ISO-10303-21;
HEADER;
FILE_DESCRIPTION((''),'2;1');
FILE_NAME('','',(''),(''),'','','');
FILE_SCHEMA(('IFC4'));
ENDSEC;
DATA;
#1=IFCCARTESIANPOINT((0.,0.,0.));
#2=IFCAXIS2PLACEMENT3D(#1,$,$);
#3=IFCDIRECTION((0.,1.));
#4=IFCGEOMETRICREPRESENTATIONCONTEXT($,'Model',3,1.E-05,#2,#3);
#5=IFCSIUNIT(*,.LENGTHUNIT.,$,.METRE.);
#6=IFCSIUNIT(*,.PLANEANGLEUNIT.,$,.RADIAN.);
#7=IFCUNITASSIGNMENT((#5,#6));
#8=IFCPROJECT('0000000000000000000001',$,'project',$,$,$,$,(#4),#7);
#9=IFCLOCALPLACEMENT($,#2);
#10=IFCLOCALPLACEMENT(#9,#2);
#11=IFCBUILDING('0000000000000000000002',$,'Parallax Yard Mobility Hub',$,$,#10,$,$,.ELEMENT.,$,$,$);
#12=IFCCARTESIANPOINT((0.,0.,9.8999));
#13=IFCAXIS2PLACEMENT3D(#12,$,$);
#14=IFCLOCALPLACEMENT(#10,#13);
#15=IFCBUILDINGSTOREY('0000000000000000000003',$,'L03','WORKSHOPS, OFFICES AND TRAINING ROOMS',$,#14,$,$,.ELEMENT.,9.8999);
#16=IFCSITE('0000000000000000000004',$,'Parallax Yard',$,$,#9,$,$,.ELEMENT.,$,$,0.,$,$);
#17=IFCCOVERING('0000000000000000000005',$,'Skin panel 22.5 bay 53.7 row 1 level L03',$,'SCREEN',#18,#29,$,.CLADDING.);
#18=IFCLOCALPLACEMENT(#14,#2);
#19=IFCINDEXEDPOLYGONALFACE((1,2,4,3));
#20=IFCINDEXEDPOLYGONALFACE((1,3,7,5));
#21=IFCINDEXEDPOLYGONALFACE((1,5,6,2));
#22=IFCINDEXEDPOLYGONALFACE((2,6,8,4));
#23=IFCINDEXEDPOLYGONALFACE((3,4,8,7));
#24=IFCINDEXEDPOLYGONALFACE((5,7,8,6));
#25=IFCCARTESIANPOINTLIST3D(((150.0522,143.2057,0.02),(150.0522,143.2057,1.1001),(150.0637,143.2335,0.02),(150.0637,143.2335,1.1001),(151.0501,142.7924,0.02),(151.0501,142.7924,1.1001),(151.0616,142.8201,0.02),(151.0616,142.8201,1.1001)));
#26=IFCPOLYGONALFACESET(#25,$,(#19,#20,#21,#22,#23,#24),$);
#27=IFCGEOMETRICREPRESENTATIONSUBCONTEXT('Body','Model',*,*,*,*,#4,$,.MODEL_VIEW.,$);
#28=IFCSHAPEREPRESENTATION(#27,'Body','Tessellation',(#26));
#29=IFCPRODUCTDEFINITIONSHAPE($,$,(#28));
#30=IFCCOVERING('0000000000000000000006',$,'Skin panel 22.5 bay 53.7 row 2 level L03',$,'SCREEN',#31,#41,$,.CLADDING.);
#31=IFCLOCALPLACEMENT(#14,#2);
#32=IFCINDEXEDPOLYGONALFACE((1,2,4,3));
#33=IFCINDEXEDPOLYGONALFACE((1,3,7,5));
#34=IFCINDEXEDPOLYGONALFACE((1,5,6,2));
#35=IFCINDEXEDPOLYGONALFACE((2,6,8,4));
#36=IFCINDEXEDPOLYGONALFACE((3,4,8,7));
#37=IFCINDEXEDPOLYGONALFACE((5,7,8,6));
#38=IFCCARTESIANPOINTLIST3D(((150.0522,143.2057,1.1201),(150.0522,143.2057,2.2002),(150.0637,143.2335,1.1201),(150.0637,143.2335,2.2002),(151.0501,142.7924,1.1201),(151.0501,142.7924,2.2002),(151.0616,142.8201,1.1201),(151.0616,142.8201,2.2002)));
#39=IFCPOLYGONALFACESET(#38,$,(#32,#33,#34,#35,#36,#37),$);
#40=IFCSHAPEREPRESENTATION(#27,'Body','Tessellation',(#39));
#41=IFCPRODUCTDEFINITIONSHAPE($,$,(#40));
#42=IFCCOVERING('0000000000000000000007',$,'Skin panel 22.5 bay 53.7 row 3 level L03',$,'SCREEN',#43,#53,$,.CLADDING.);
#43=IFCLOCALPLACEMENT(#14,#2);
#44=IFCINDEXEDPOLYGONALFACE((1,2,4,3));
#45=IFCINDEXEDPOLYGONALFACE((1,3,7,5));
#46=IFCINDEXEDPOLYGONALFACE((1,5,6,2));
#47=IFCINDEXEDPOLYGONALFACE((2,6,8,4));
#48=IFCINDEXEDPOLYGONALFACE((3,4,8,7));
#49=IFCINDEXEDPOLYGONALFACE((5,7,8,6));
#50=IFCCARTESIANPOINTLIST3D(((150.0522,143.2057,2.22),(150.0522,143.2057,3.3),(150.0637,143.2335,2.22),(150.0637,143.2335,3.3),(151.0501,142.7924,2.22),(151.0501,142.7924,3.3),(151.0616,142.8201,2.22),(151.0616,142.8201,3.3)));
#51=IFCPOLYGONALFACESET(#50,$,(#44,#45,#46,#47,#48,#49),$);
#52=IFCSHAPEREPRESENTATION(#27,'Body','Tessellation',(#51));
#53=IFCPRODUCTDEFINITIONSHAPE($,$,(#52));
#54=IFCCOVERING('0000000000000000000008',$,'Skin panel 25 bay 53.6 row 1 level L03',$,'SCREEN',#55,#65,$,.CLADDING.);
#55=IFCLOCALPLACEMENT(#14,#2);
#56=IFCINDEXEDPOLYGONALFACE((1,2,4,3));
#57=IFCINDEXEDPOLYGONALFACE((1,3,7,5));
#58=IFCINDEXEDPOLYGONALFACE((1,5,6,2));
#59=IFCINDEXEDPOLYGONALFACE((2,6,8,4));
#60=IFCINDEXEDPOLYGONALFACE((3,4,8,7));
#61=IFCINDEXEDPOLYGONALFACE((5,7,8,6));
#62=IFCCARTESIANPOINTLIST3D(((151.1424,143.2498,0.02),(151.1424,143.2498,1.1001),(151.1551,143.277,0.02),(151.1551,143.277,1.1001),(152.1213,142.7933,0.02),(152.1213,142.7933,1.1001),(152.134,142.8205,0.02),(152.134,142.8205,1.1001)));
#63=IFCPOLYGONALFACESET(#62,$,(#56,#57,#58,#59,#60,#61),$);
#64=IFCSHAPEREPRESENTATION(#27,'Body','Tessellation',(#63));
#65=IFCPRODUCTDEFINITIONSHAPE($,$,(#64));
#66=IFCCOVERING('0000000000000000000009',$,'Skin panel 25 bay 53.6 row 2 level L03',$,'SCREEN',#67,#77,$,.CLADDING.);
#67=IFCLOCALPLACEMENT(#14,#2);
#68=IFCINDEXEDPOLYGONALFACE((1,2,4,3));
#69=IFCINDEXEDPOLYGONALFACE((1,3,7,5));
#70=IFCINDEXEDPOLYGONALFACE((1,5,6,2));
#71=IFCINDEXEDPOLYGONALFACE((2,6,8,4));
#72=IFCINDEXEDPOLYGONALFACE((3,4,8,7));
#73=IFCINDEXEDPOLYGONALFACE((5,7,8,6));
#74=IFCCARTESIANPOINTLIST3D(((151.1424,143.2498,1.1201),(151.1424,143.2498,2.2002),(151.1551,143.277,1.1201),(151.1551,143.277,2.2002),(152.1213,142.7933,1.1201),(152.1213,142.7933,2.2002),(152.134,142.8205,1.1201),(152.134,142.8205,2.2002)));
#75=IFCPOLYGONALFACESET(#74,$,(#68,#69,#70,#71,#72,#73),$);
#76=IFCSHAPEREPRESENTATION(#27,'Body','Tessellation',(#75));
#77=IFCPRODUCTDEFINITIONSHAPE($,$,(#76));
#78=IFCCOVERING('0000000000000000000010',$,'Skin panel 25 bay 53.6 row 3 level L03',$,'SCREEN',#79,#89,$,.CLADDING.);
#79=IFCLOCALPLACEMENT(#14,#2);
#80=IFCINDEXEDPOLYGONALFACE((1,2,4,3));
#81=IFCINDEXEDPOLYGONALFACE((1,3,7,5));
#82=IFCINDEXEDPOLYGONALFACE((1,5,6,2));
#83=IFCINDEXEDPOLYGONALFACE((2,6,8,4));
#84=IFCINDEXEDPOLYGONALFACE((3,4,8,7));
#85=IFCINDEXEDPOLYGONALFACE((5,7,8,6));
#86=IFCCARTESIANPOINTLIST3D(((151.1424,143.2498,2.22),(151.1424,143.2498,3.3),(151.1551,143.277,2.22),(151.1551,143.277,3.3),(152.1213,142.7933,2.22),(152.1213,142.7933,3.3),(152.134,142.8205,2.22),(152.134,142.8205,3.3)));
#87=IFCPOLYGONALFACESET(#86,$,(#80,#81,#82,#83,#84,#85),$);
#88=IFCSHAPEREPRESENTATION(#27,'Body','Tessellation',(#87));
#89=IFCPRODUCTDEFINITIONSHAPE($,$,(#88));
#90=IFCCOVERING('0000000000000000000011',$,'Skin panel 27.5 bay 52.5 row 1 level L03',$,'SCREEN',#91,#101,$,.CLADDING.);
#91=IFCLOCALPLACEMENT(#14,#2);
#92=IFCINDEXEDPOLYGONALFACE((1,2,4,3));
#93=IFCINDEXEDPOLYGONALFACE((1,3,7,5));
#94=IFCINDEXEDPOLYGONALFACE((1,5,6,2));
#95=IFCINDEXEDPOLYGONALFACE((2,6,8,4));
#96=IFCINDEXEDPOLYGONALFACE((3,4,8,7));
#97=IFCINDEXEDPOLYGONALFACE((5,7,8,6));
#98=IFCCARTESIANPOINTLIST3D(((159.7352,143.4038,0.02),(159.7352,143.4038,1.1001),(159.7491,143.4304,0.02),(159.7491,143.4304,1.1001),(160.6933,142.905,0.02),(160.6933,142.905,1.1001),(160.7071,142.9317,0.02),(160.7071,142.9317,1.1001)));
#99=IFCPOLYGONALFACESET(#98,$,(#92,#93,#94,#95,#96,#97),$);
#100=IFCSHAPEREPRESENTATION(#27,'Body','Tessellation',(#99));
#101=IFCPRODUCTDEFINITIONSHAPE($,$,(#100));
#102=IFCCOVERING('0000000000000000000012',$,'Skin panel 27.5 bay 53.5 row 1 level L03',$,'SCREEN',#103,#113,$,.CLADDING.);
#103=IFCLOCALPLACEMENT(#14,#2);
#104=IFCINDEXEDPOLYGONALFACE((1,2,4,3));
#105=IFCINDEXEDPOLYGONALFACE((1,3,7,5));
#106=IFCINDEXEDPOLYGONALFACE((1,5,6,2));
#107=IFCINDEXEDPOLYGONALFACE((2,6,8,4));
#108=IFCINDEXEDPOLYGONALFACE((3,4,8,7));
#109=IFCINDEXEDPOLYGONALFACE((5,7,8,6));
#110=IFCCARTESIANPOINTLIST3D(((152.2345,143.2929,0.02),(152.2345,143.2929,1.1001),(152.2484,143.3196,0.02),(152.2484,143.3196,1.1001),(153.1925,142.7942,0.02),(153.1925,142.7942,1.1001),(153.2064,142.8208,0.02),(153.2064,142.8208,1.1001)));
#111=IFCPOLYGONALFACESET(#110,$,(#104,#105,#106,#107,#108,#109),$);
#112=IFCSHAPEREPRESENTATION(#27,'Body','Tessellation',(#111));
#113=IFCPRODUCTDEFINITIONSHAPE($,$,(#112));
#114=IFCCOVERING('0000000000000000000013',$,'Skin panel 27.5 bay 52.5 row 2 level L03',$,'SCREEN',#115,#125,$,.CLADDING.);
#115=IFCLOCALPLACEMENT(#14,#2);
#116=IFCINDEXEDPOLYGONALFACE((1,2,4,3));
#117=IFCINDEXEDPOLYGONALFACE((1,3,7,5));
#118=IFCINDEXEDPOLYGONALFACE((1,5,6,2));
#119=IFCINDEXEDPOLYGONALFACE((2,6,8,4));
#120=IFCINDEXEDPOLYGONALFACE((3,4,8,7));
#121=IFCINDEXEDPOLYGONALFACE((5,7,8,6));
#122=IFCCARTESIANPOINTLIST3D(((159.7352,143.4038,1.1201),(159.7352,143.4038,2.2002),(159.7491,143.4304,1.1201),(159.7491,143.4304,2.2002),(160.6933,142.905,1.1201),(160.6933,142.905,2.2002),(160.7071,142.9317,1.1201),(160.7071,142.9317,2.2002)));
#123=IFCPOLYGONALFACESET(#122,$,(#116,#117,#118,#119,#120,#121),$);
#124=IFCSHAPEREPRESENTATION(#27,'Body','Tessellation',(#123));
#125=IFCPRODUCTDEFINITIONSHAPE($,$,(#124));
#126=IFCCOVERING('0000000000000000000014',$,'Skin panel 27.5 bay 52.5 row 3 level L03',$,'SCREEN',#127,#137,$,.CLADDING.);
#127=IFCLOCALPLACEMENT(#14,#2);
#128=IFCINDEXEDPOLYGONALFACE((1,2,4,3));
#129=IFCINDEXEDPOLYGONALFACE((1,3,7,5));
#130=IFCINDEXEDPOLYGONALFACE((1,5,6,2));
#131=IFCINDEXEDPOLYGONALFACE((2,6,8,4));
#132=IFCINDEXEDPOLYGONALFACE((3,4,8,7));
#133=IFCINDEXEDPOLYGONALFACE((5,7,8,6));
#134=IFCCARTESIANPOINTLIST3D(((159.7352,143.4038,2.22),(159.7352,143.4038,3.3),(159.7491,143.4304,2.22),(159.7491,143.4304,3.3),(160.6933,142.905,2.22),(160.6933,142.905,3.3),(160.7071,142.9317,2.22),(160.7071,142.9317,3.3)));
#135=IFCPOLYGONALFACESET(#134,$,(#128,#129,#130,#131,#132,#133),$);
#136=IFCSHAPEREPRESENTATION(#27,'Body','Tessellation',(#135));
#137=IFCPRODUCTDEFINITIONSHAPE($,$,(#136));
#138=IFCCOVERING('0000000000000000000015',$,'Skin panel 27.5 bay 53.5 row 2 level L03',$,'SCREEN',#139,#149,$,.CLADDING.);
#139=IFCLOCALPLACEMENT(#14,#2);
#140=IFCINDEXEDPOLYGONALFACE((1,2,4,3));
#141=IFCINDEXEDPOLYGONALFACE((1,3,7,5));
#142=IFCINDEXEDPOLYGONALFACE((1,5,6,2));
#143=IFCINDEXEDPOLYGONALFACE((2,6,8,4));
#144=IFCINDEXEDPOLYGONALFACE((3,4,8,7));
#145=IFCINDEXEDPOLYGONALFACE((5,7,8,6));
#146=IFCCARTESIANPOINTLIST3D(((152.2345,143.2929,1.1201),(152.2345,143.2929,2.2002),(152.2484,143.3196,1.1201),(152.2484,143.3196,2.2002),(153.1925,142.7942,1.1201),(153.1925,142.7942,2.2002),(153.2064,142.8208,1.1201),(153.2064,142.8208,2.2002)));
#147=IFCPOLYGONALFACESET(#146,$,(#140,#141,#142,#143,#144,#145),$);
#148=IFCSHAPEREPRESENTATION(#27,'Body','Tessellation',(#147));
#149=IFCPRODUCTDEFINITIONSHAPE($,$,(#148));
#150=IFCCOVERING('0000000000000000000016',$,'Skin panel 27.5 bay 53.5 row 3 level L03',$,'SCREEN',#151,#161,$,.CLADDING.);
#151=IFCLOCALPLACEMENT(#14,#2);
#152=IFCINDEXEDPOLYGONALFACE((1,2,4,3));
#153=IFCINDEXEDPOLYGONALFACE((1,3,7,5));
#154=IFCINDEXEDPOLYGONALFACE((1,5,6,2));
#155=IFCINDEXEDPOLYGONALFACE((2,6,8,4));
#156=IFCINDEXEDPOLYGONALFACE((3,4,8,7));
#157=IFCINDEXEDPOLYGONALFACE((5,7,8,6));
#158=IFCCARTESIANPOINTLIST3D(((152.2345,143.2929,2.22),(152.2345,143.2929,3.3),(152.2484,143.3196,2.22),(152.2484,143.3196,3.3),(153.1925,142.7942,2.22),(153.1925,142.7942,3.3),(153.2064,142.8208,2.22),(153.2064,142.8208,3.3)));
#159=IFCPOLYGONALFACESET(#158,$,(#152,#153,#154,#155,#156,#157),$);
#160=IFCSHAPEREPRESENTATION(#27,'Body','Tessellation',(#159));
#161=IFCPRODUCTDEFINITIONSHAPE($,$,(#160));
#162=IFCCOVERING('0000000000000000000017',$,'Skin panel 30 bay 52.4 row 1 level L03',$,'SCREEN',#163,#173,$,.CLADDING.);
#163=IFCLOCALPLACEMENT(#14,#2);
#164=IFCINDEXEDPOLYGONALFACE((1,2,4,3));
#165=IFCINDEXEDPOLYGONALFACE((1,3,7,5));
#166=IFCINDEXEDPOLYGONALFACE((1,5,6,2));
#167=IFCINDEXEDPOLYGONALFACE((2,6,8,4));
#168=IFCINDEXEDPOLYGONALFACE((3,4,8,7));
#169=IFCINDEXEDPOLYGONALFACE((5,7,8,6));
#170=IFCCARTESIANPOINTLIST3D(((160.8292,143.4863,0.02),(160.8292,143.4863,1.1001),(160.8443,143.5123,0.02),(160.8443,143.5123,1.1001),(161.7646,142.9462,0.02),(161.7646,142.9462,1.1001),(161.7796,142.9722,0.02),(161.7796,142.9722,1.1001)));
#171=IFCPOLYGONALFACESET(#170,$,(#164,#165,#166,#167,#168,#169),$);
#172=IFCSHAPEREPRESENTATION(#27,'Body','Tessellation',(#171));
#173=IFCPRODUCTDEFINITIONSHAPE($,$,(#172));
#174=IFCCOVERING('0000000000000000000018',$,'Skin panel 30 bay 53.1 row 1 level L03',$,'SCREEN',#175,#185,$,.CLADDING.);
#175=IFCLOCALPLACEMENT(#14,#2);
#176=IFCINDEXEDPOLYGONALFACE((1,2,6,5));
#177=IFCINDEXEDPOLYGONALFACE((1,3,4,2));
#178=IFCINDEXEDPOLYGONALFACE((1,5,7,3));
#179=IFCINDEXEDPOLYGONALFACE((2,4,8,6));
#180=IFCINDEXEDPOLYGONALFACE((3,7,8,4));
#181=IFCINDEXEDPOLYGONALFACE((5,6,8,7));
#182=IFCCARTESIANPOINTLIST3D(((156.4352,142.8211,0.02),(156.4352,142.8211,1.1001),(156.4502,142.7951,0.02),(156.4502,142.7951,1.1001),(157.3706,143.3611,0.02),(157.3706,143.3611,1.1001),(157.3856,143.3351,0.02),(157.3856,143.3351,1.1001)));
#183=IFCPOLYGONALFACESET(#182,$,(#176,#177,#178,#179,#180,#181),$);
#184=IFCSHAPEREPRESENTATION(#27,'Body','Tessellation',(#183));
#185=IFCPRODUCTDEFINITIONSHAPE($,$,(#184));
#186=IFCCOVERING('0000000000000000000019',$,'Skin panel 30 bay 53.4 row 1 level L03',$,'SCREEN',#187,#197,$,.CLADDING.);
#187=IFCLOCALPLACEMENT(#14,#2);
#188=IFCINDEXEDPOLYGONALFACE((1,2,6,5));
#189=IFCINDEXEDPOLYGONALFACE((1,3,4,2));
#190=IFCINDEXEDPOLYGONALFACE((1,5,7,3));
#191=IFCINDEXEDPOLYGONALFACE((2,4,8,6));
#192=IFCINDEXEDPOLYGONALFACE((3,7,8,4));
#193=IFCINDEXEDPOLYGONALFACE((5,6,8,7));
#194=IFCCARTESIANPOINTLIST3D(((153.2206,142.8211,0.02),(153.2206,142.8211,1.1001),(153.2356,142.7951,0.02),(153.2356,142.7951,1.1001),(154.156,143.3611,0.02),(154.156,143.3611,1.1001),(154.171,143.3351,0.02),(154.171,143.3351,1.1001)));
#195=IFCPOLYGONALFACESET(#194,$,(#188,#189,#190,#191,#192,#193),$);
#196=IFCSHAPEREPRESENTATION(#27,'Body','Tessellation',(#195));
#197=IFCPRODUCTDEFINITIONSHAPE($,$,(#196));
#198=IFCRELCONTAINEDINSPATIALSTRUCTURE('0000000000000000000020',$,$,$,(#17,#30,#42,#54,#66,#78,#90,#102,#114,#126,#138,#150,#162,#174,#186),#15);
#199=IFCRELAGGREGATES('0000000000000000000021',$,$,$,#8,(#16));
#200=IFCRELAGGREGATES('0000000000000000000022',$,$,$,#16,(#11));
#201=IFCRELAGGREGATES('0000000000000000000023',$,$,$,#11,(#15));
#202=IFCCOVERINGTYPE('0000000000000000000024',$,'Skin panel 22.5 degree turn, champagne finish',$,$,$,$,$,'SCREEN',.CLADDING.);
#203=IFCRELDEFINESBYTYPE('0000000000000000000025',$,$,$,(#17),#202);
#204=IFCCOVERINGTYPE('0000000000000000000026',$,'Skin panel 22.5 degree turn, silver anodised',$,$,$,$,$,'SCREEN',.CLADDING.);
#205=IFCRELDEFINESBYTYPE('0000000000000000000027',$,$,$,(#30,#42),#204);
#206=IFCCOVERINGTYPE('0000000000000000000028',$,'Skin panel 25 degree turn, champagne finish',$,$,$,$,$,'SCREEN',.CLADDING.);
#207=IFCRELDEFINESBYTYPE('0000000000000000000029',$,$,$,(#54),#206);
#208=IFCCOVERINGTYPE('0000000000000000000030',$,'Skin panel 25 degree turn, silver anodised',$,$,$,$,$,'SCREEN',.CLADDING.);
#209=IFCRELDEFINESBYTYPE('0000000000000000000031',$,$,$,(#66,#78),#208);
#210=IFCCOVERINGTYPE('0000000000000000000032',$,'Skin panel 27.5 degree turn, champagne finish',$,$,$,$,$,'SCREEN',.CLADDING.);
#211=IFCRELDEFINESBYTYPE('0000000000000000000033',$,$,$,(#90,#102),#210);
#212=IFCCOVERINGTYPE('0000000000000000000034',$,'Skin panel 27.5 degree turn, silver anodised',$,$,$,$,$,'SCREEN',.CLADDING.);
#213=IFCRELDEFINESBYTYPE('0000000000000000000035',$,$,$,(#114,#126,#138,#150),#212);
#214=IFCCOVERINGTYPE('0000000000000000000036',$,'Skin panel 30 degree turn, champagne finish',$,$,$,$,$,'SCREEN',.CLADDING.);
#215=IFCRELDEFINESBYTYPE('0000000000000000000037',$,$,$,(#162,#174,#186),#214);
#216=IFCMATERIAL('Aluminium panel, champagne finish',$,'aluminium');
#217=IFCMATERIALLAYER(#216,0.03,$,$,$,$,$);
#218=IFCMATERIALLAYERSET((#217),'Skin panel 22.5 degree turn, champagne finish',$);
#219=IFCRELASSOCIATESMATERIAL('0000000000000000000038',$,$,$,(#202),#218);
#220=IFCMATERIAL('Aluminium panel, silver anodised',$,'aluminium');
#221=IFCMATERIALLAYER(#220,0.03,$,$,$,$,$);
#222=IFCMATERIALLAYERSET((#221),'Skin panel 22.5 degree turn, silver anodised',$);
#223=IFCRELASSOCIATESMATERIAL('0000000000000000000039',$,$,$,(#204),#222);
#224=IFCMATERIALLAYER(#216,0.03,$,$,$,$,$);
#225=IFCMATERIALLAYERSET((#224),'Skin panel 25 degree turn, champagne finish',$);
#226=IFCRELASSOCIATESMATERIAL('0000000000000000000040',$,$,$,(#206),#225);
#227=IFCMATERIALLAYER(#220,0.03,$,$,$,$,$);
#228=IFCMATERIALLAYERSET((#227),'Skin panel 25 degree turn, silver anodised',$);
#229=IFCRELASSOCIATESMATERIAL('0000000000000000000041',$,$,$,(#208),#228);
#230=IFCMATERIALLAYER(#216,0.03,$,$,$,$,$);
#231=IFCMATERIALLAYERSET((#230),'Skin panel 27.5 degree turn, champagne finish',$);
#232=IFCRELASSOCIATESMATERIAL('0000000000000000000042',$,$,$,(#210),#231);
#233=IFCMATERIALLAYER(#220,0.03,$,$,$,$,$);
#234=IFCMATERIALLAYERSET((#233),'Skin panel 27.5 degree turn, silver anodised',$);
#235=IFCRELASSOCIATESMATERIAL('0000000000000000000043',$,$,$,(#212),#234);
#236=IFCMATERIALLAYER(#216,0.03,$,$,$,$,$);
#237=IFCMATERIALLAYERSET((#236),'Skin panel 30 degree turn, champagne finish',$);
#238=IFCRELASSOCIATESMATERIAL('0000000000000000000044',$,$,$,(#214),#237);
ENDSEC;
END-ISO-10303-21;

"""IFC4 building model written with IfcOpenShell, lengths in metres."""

from ifc_helpers import new_model, si_unit, direction, frame, origin, origin_2d, place, context, subcontext, project, spatial, rectangle, extrude, material, layer, layer_set, type_object, element, save


model = new_model("IFC4")

# Units and contexts
model_context = context("Model", 3, precision=1e-05, world=origin(), true_north=direction((0.0, 1.0)))
body_context = subcontext(model_context, "Body", "Model", "MODEL_VIEW")
ifc_project = project(units=[si_unit("LENGTHUNIT", "METRE"), si_unit("PLANEANGLEUNIT", "RADIAN")], contexts=[model_context])

# Site, building, storey
site_placement = place(None, origin())
site = spatial("IfcSite", under=ifc_project, at=site_placement, Name="Parallax Yard", CompositionType="ELEMENT", RefElevation=0.0)
building_placement = place(site_placement, origin())
building = spatial("IfcBuilding", under=site, at=building_placement, Name="Parallax Yard Mobility Hub", CompositionType="ELEMENT")
storey_placement = place(building_placement, frame((0.0, 0.0, 9.8999)))
storey = spatial("IfcBuildingStorey", under=building, at=storey_placement, Name="L03", Description="WORKSHOPS, OFFICES AND TRAINING ROOMS", CompositionType="ELEMENT", Elevation=9.8999)

# Coverings
ifc_material_1 = material(Name="Aluminium panel, champagne finish", Category="aluminium")
ifc_layer_1 = layer(ifc_material_1, 0.03)
ifc_layer_set_1 = layer_set([ifc_layer_1], Name="Skin panel 22.5 degree turn, champagne finish")
covering_type_1 = type_object("IfcCoveringType", Name="Skin panel 22.5 degree turn, champagne finish", ElementType="SCREEN", PredefinedType="CLADDING", material=ifc_layer_set_1)
covering_1_placement = place(storey_placement, frame((150.5569, 143.0129, 0.02), z_axis=(0.0, 0.0, 1.0), x_axis=(-0.92388, 0.382683, 0.0)))
element("IfcCovering", 1, at=covering_1_placement, inside=storey, type_object=covering_type_1, Name="Skin panel 22.5 bay 53.7 row 1 level L03", ObjectType="SCREEN", PredefinedType="CLADDING", context=body_context, shape_type="SweptSolid", body=[
    extrude(rectangle(XDim=1.0801, YDim=0.03, at=origin_2d()), origin(), (0.0, 0.0, 1.0), 1.0801),
])
ifc_material_2 = material(Name="Aluminium panel, silver anodised", Category="aluminium")
ifc_layer_2 = layer(ifc_material_2, 0.03)
ifc_layer_set_2 = layer_set([ifc_layer_2], Name="Skin panel 22.5 degree turn, silver anodised")
covering_type_2 = type_object("IfcCoveringType", Name="Skin panel 22.5 degree turn, silver anodised", ElementType="SCREEN", PredefinedType="CLADDING", material=ifc_layer_set_2)
for number, where, z_axis, x_axis, name in (
    (2, (150.5569, 143.0129, 1.1201), (0.0, 0.0, 1.0), (-0.92388, 0.382683, 0.0), "Skin panel 22.5 bay 53.7 row 2 level L03"),
    (3, (150.5569, 143.0129, 2.22), (0.0, 0.0, 1.0), (-0.92388, 0.382683, 0.0), "Skin panel 22.5 bay 53.7 row 3 level L03"),
):
    element("IfcCovering", number, at=place(storey_placement, frame(where, z_axis=z_axis, x_axis=x_axis)), inside=storey, type_object=covering_type_2, Name=name, ObjectType="SCREEN", PredefinedType="CLADDING", context=body_context, shape_type="SweptSolid", body=[
        extrude(rectangle(XDim=1.0801, YDim=0.03, at=origin_2d()), origin(), (0.0, 0.0, 1.0), 1.0801),
    ])
ifc_layer_3 = layer(ifc_material_1, 0.03)
ifc_layer_set_3 = layer_set([ifc_layer_3], Name="Skin panel 25 degree turn, champagne finish")
covering_type_3 = type_object("IfcCoveringType", Name="Skin panel 25 degree turn, champagne finish", ElementType="SCREEN", PredefinedType="CLADDING", material=ifc_layer_set_3)
covering_2_placement = place(storey_placement, frame((151.6382, 143.0352, 0.02), z_axis=(0.0, 0.0, 1.0), x_axis=(-0.906308, 0.422618, 0.0)))
element("IfcCovering", 4, at=covering_2_placement, inside=storey, type_object=covering_type_3, Name="Skin panel 25 bay 53.6 row 1 level L03", ObjectType="SCREEN", PredefinedType="CLADDING", context=body_context, shape_type="SweptSolid", body=[
    extrude(rectangle(XDim=1.0801, YDim=0.03, at=origin_2d()), origin(), (0.0, 0.0, 1.0), 1.0801),
])
ifc_layer_4 = layer(ifc_material_2, 0.03)
ifc_layer_set_4 = layer_set([ifc_layer_4], Name="Skin panel 25 degree turn, silver anodised")
covering_type_4 = type_object("IfcCoveringType", Name="Skin panel 25 degree turn, silver anodised", ElementType="SCREEN", PredefinedType="CLADDING", material=ifc_layer_set_4)
for number, where, z_axis, x_axis, name in (
    (5, (151.6382, 143.0352, 1.1201), (0.0, 0.0, 1.0), (-0.906308, 0.422618, 0.0), "Skin panel 25 bay 53.6 row 2 level L03"),
    (6, (151.6382, 143.0352, 2.22), (0.0, 0.0, 1.0), (-0.906308, 0.422618, 0.0), "Skin panel 25 bay 53.6 row 3 level L03"),
):
    element("IfcCovering", number, at=place(storey_placement, frame(where, z_axis=z_axis, x_axis=x_axis)), inside=storey, type_object=covering_type_4, Name=name, ObjectType="SCREEN", PredefinedType="CLADDING", context=body_context, shape_type="SweptSolid", body=[
        extrude(rectangle(XDim=1.0801, YDim=0.03, at=origin_2d()), origin(), (0.0, 0.0, 1.0), 1.0801),
    ])
ifc_layer_5 = layer(ifc_material_1, 0.03)
ifc_layer_set_5 = layer_set([ifc_layer_5], Name="Skin panel 27.5 degree turn, champagne finish")
covering_type_5 = type_object("IfcCoveringType", Name="Skin panel 27.5 degree turn, champagne finish", ElementType="SCREEN", PredefinedType="CLADDING", material=ifc_layer_set_5)
for number, where, z_axis, x_axis, name in (
    (7, (160.2212, 143.1677, 0.02), (0.0, 0.0, 1.0), (-0.887011, 0.461749, 0.0), "Skin panel 27.5 bay 52.5 row 1 level L03"),
    (8, (152.7205, 143.0569, 0.02), (0.0, 0.0, 1.0), (-0.887011, 0.461749, 0.0), "Skin panel 27.5 bay 53.5 row 1 level L03"),
):
    element("IfcCovering", number, at=place(storey_placement, frame(where, z_axis=z_axis, x_axis=x_axis)), inside=storey, type_object=covering_type_5, Name=name, ObjectType="SCREEN", PredefinedType="CLADDING", context=body_context, shape_type="SweptSolid", body=[
        extrude(rectangle(XDim=1.0801, YDim=0.03, at=origin_2d()), origin(), (0.0, 0.0, 1.0), 1.0801),
    ])
ifc_layer_6 = layer(ifc_material_2, 0.03)
ifc_layer_set_6 = layer_set([ifc_layer_6], Name="Skin panel 27.5 degree turn, silver anodised")
covering_type_6 = type_object("IfcCoveringType", Name="Skin panel 27.5 degree turn, silver anodised", ElementType="SCREEN", PredefinedType="CLADDING", material=ifc_layer_set_6)
for number, where, z_axis, x_axis, name in (
    (9, (160.2212, 143.1677, 1.1201), (0.0, 0.0, 1.0), (-0.887011, 0.461749, 0.0), "Skin panel 27.5 bay 52.5 row 2 level L03"),
    (10, (160.2212, 143.1677, 2.22), (0.0, 0.0, 1.0), (-0.887011, 0.461749, 0.0), "Skin panel 27.5 bay 52.5 row 3 level L03"),
    (11, (152.7205, 143.0569, 1.1201), (0.0, 0.0, 1.0), (-0.887011, 0.461749, 0.0), "Skin panel 27.5 bay 53.5 row 2 level L03"),
    (12, (152.7205, 143.0569, 2.22), (0.0, 0.0, 1.0), (-0.887011, 0.461749, 0.0), "Skin panel 27.5 bay 53.5 row 3 level L03"),
):
    element("IfcCovering", number, at=place(storey_placement, frame(where, z_axis=z_axis, x_axis=x_axis)), inside=storey, type_object=covering_type_6, Name=name, ObjectType="SCREEN", PredefinedType="CLADDING", context=body_context, shape_type="SweptSolid", body=[
        extrude(rectangle(XDim=1.0801, YDim=0.03, at=origin_2d()), origin(), (0.0, 0.0, 1.0), 1.0801),
    ])
ifc_layer_7 = layer(ifc_material_1, 0.03)
ifc_layer_set_7 = layer_set([ifc_layer_7], Name="Skin panel 30 degree turn, champagne finish")
covering_type_7 = type_object("IfcCoveringType", Name="Skin panel 30 degree turn, champagne finish", ElementType="SCREEN", PredefinedType="CLADDING", material=ifc_layer_set_7)
for number, where, z_axis, x_axis, name in (
    (13, (161.3044, 143.2292, 0.02), (0.0, 0.0, 1.0), (-0.866025, 0.5, 0.0), "Skin panel 30 bay 52.4 row 1 level L03"),
    (14, (156.9104, 143.0781, 0.02), (0.0, 0.0, 1.0), (0.866025, 0.5, 0.0), "Skin panel 30 bay 53.1 row 1 level L03"),
    (15, (153.6958, 143.0781, 0.02), (0.0, 0.0, 1.0), (0.866025, 0.5, 0.0), "Skin panel 30 bay 53.4 row 1 level L03"),
):
    element("IfcCovering", number, at=place(storey_placement, frame(where, z_axis=z_axis, x_axis=x_axis)), inside=storey, type_object=covering_type_7, Name=name, ObjectType="SCREEN", PredefinedType="CLADDING", context=body_context, shape_type="SweptSolid", body=[
        extrude(rectangle(XDim=1.0801, YDim=0.03, at=origin_2d()), origin(), (0.0, 0.0, 1.0), 1.0801),
    ])

save(model, "model.ifc")
